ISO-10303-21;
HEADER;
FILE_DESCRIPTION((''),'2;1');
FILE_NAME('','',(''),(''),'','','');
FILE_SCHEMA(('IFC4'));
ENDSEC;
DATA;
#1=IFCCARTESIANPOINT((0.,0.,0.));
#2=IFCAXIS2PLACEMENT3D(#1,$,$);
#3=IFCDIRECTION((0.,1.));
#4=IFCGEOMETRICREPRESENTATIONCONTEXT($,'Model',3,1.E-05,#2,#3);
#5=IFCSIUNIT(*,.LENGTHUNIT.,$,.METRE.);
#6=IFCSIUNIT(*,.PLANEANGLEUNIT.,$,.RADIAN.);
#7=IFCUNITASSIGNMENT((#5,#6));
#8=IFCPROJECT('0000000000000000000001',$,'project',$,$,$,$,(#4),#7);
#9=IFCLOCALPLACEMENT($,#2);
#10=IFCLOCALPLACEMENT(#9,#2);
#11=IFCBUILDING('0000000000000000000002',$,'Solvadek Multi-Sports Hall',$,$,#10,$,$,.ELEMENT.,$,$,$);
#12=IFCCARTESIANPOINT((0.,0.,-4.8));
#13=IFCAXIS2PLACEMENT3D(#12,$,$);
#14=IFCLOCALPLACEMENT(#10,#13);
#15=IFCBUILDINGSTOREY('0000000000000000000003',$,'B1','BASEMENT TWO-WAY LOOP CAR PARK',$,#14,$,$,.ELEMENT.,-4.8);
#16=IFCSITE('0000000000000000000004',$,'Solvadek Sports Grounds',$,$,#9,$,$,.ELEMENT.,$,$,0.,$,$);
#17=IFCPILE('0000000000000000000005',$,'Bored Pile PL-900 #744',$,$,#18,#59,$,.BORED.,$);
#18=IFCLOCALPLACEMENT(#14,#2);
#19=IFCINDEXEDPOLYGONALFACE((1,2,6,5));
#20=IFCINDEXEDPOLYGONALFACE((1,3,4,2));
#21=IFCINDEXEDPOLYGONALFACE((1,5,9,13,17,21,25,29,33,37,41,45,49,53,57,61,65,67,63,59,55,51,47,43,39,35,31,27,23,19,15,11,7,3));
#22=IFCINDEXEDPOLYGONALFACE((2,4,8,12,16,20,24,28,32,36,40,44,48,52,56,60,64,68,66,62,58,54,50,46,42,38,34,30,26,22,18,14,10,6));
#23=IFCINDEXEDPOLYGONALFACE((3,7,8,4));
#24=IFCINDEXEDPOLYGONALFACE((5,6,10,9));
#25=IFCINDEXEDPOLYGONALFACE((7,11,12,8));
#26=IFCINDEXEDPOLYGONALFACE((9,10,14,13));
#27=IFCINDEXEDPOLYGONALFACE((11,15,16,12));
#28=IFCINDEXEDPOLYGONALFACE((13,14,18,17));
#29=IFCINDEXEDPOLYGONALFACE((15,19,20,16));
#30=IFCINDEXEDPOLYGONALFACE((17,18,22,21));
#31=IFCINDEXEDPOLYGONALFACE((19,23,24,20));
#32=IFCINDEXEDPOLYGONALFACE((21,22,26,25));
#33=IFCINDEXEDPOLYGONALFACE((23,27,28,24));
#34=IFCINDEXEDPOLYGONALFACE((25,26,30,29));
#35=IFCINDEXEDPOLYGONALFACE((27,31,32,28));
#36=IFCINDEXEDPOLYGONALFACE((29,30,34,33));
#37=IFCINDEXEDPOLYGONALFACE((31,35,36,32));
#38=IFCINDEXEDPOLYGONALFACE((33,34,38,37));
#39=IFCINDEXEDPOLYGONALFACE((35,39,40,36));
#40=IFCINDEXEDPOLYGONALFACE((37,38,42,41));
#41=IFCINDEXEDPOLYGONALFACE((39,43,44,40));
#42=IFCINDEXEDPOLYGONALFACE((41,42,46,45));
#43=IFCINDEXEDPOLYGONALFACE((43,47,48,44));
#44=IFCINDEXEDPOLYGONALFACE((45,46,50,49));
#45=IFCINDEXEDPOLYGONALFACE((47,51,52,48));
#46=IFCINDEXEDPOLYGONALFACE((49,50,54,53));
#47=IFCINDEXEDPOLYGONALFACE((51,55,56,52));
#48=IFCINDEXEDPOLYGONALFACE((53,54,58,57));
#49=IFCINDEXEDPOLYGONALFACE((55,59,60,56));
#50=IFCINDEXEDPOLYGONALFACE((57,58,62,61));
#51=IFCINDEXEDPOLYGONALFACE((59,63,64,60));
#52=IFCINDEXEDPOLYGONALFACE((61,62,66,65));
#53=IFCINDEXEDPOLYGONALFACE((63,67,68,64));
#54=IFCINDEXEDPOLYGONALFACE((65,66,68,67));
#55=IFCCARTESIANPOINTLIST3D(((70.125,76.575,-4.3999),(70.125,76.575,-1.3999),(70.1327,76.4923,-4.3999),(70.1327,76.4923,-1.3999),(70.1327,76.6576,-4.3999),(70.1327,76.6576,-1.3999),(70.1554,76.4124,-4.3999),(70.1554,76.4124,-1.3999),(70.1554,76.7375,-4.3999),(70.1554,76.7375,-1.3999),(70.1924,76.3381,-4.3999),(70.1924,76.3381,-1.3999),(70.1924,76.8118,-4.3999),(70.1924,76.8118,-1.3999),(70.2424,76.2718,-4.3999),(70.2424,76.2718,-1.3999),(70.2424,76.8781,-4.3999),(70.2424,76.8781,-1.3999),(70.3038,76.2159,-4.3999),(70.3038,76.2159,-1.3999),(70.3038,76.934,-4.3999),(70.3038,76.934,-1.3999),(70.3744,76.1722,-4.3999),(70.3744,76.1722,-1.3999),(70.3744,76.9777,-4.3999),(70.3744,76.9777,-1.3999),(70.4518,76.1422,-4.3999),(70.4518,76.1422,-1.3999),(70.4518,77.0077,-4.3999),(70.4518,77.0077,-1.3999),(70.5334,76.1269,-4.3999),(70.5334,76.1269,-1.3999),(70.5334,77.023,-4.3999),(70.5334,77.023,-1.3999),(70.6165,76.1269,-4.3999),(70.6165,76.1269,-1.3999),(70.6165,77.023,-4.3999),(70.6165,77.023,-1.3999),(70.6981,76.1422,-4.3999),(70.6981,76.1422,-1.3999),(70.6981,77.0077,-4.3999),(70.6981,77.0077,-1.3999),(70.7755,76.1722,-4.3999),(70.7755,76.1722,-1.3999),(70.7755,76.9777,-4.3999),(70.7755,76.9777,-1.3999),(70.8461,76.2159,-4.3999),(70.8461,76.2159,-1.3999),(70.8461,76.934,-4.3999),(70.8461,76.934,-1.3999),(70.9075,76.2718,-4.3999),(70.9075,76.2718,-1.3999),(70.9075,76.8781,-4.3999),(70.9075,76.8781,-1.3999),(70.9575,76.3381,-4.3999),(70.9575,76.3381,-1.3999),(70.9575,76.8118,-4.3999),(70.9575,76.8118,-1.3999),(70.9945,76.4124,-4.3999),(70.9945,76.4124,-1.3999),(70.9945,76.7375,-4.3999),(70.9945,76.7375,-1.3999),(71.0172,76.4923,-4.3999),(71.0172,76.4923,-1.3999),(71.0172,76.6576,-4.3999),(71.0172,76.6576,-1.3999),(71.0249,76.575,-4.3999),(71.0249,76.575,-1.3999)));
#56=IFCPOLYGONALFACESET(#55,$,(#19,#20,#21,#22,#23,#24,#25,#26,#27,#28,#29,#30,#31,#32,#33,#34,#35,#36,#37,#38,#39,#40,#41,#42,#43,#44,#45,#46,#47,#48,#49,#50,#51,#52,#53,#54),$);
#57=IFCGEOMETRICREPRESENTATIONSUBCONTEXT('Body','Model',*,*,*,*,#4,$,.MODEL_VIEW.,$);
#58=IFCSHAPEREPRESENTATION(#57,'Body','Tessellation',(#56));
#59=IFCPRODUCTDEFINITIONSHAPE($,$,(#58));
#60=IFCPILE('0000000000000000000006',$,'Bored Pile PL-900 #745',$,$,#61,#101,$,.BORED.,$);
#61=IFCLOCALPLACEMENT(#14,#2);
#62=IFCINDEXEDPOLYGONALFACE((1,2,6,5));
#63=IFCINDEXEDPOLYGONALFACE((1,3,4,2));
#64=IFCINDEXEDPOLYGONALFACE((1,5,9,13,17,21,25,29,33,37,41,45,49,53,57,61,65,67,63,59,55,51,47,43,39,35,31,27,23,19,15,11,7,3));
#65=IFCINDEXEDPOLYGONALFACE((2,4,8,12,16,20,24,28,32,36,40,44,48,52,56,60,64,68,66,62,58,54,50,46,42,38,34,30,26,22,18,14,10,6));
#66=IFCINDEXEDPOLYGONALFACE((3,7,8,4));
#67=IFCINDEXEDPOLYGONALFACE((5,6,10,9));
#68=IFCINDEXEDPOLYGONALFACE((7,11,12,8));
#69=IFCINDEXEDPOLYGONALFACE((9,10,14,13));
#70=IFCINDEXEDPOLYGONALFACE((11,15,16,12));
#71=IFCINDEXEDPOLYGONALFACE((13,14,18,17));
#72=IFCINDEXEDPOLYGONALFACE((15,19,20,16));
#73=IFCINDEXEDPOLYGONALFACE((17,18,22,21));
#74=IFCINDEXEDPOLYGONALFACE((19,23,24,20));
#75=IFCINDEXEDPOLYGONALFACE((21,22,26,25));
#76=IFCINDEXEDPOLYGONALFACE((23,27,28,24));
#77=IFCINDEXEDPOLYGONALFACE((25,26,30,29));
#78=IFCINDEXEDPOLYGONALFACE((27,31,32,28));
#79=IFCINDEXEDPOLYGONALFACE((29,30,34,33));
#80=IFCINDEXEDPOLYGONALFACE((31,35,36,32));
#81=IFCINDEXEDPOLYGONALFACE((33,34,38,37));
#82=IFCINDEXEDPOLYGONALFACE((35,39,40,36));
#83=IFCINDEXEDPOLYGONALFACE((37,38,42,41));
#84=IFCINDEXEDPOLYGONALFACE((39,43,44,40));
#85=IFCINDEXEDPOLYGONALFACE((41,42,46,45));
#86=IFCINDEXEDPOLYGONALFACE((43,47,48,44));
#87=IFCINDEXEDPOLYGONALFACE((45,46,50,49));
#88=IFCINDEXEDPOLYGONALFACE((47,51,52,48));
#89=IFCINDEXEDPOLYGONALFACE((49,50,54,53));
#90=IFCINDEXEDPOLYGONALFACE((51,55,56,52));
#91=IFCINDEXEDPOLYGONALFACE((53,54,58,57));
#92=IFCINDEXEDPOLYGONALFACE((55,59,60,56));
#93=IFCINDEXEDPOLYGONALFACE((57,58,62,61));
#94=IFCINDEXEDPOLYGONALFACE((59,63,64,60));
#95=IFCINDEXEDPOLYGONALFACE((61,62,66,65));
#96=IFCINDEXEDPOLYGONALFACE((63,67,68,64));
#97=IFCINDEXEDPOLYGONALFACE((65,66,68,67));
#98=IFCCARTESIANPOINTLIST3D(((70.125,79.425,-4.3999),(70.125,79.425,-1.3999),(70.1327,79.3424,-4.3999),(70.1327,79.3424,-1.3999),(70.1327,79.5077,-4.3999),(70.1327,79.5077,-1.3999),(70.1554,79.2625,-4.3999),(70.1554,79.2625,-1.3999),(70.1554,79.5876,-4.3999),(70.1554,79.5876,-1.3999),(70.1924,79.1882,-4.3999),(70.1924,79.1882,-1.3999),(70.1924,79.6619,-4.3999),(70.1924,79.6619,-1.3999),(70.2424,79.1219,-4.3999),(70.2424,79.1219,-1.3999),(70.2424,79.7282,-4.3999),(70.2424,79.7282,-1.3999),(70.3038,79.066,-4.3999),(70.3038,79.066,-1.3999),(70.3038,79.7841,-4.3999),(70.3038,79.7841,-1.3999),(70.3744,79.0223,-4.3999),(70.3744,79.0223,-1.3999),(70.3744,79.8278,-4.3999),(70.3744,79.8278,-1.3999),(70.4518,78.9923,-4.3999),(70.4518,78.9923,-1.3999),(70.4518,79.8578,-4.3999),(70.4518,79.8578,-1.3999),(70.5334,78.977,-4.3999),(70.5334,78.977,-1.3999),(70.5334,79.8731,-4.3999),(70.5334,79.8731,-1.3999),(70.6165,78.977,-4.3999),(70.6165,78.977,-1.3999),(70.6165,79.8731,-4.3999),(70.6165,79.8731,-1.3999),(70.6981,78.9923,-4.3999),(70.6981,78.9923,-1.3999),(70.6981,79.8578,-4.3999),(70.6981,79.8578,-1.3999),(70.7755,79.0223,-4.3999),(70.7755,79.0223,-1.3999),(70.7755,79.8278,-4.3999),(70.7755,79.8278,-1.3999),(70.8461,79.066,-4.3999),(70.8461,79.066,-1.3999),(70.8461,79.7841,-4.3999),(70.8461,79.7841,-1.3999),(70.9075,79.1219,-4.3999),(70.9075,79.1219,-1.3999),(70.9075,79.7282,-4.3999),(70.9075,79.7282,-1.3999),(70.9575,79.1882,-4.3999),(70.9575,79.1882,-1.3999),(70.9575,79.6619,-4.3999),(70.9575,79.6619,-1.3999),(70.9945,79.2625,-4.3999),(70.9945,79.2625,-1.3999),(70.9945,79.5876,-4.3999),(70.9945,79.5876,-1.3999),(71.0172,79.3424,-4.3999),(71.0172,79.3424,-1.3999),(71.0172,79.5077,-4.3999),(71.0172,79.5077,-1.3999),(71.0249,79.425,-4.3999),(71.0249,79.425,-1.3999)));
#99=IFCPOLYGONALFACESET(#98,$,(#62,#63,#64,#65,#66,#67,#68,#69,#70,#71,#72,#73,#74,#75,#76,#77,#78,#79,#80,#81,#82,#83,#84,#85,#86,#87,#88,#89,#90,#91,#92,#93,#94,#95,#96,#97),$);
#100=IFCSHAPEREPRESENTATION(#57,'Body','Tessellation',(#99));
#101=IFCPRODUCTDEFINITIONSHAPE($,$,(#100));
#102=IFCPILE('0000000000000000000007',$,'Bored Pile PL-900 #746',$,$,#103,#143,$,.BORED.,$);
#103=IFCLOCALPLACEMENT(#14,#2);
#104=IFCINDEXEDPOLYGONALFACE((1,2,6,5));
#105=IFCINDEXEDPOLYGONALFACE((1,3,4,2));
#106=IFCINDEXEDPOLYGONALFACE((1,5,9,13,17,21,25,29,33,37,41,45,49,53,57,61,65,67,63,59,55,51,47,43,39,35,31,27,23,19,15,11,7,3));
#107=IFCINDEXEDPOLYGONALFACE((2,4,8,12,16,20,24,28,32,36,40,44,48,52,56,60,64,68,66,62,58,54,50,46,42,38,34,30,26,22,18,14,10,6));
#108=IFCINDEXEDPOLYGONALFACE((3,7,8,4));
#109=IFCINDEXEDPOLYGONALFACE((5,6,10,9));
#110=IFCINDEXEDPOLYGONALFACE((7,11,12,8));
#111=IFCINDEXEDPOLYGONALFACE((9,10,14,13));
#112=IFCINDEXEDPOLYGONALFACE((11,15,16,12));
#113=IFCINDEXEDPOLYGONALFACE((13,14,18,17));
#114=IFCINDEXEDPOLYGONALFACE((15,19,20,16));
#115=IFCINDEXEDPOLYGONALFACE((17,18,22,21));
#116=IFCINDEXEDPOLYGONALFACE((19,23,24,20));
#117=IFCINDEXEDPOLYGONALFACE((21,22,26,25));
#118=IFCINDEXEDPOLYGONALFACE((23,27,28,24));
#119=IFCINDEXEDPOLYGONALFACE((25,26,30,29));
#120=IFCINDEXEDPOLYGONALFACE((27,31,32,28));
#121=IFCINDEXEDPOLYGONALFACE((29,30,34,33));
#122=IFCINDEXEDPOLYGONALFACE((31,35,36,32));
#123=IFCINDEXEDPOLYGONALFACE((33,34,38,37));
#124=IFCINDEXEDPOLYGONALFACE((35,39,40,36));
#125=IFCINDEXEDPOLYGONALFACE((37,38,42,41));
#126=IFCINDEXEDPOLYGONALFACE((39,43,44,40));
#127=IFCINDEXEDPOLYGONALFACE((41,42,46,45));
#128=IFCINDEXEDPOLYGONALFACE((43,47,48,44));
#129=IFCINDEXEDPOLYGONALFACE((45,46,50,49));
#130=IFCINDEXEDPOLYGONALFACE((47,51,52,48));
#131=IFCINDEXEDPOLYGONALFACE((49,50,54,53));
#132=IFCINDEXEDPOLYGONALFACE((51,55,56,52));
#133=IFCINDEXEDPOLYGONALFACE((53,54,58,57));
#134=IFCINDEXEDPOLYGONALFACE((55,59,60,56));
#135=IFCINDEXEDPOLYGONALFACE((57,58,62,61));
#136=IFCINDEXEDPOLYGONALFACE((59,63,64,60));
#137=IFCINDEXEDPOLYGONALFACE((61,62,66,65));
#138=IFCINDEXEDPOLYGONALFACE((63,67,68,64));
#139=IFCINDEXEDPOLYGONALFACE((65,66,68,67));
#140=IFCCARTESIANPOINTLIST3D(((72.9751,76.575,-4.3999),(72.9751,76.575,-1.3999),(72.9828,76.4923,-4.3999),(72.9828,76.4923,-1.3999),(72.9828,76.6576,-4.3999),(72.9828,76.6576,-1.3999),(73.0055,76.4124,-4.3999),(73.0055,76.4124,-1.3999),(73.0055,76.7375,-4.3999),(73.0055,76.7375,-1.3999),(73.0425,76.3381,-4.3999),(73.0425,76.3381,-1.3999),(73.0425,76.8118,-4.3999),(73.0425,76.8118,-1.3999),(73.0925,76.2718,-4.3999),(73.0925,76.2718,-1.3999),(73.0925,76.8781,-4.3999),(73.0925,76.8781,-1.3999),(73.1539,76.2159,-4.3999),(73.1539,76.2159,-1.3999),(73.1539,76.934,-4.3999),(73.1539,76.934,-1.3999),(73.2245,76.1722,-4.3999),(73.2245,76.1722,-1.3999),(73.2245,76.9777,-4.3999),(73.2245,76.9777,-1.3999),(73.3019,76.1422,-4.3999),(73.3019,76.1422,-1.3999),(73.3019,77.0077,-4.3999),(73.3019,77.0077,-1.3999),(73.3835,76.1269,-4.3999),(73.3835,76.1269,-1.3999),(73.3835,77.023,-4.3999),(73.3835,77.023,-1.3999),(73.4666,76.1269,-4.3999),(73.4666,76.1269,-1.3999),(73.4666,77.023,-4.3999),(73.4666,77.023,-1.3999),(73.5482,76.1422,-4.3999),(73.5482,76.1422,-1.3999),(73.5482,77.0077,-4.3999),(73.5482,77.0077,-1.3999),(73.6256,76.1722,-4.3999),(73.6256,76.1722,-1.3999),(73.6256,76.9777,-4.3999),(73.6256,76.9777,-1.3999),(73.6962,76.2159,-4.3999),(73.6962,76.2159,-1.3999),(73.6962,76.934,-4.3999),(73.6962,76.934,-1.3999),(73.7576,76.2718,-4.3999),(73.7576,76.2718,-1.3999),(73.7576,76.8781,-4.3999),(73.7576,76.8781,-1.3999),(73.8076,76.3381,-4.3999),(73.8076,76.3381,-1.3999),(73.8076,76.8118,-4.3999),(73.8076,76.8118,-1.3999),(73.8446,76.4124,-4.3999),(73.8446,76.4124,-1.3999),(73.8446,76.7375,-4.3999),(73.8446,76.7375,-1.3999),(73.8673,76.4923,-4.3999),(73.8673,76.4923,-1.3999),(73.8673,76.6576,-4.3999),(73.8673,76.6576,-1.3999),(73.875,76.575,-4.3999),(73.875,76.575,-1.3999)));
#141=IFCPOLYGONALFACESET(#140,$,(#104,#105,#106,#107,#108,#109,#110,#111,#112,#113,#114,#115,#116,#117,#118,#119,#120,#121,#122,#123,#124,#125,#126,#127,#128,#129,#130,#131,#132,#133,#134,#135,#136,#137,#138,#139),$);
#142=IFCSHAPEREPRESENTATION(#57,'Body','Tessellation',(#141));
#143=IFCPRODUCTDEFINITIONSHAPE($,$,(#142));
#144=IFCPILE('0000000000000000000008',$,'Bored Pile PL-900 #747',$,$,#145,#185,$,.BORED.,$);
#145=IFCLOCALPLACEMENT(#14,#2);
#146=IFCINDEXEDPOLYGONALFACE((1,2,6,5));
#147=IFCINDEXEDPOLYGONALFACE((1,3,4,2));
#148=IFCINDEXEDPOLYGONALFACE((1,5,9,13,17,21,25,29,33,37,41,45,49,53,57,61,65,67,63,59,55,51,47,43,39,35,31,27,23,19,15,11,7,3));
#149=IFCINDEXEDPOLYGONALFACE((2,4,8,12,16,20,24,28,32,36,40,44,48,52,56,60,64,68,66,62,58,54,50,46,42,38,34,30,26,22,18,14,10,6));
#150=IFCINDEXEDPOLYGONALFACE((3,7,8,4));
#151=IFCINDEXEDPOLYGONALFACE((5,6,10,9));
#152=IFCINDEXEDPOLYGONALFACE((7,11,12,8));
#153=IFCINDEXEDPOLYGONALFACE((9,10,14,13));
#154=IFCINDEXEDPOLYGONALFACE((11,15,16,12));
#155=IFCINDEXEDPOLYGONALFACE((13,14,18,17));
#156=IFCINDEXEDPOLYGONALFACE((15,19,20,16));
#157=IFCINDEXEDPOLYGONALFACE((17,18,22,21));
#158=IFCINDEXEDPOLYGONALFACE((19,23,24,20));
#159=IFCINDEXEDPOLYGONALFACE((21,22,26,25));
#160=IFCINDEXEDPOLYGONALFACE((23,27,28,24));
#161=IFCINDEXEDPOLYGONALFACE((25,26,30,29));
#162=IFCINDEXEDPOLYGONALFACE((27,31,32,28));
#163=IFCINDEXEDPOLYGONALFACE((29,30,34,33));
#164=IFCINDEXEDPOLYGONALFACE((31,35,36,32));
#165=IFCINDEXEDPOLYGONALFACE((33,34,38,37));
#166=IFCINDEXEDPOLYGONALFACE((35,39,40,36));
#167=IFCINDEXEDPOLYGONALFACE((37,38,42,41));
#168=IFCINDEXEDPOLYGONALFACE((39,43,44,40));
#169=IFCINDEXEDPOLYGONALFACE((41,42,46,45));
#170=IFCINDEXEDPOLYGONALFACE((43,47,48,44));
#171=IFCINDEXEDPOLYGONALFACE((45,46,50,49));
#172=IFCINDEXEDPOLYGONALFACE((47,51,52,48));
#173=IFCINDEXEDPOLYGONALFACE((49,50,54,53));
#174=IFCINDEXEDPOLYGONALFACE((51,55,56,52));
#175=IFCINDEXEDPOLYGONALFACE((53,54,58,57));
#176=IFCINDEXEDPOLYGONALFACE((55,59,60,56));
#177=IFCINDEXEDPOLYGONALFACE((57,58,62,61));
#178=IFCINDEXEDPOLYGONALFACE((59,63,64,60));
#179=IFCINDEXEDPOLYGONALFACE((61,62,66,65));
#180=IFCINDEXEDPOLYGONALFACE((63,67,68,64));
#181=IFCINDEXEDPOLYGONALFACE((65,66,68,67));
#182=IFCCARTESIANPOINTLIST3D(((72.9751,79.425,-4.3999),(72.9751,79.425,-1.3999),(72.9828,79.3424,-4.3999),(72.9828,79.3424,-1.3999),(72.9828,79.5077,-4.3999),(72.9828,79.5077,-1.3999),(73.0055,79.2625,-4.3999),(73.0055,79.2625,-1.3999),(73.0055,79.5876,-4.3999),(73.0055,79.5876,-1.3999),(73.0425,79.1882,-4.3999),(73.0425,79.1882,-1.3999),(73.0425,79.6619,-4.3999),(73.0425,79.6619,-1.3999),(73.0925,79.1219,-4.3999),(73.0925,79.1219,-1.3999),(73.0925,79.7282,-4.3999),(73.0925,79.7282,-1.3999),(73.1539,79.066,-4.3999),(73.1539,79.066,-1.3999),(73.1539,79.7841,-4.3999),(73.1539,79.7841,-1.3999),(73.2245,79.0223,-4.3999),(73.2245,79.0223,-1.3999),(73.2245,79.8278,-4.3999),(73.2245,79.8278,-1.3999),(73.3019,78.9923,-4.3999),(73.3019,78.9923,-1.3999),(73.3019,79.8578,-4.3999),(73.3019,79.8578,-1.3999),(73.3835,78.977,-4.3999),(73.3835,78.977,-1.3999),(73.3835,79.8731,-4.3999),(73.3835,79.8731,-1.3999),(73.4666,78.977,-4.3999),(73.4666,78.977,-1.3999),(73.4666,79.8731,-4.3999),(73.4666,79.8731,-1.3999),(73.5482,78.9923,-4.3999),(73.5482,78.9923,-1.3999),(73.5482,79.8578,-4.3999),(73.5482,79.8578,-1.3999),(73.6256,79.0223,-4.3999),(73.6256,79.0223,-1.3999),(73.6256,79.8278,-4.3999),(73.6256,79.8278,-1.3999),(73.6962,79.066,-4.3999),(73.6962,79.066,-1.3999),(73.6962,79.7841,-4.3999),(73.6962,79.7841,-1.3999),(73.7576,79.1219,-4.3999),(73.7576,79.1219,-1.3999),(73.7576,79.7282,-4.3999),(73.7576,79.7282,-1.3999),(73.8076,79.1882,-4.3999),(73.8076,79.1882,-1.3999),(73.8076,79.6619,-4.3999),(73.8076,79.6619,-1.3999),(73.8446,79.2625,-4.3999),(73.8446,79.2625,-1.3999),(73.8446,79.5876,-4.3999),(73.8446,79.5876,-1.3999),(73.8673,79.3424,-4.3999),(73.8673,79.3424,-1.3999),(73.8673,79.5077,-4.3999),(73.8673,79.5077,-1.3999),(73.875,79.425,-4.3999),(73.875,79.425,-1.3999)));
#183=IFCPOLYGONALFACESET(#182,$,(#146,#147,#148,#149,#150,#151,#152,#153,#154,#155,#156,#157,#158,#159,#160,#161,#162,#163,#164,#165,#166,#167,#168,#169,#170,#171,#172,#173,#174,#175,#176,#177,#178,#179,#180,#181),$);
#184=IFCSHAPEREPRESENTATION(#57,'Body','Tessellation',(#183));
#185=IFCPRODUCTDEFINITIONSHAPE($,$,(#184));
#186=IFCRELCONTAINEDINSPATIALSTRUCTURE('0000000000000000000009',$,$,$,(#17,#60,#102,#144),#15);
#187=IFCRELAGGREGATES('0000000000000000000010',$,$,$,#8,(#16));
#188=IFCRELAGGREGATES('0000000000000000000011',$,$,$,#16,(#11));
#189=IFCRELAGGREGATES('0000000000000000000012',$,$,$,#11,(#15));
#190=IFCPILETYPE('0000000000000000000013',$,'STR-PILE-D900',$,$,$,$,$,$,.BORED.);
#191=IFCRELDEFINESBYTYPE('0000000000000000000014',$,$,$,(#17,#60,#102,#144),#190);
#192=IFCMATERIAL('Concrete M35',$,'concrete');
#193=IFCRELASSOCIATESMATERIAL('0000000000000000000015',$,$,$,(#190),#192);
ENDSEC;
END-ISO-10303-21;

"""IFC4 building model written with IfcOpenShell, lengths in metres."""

from ifc_helpers import new_model, si_unit, direction, frame, origin, origin_2d, place, context, subcontext, project, spatial, circle, extrude, material, material_profile, profile_set, type_object, element, save


model = new_model("IFC4")

# Units and contexts
model_context = context("Model", 3, precision=1e-05, world=origin(), true_north=direction((0.0, 1.0)))
body_context = subcontext(model_context, "Body", "Model", "MODEL_VIEW")
ifc_project = project(units=[si_unit("LENGTHUNIT", "METRE"), si_unit("PLANEANGLEUNIT", "RADIAN")], contexts=[model_context])

# Site, building, storey
site_placement = place(None, origin())
site = spatial("IfcSite", under=ifc_project, at=site_placement, Name="Solvadek Sports Grounds", CompositionType="ELEMENT", RefElevation=0.0)
building_placement = place(site_placement, origin())
building = spatial("IfcBuilding", under=site, at=building_placement, Name="Solvadek Multi-Sports Hall", CompositionType="ELEMENT")
storey_placement = place(building_placement, frame((0.0, 0.0, -4.8)))
storey = spatial("IfcBuildingStorey", under=building, at=storey_placement, Name="B1", Description="BASEMENT TWO-WAY LOOP CAR PARK", CompositionType="ELEMENT", Elevation=-4.8)

# Piles
ifc_material_1 = material(Name="Concrete M35", Category="concrete")
ifc_material_profile_1 = material_profile(ifc_material_1, circle(Radius=0.45, at=origin_2d()), Name="BORED PILE D900")
ifc_profile_set_1 = profile_set([ifc_material_profile_1], Name="Concrete M35")
pile_type_1 = type_object("IfcPileType", Name="STR-PILE-D900", PredefinedType="BORED", material=ifc_profile_set_1)
for number, where, z_axis, x_axis, name in (
    (1, (70.575, 76.575, -1.3999), (0.0, 0.0, -1.0), (1.0, 0.0, 0.0), "Bored Pile PL-900 #744"),
    (2, (70.575, 79.425, -1.3999), (0.0, 0.0, -1.0), (1.0, 0.0, 0.0), "Bored Pile PL-900 #745"),
    (3, (73.425, 76.575, -1.3999), (0.0, 0.0, -1.0), (1.0, 0.0, 0.0), "Bored Pile PL-900 #746"),
    (4, (73.425, 79.425, -1.3999), (0.0, 0.0, -1.0), (1.0, 0.0, 0.0), "Bored Pile PL-900 #747"),
):
    element("IfcPile", number, at=place(storey_placement, frame(where, z_axis=z_axis, x_axis=x_axis)), inside=storey, type_object=pile_type_1, Name=name, PredefinedType="BORED", context=body_context, shape_type="SweptSolid", body=[
        extrude(circle(Radius=0.45, at=origin_2d()), origin(), (0.0, 0.0, 1.0), 3.0),
    ])

save(model, "model.ifc")
